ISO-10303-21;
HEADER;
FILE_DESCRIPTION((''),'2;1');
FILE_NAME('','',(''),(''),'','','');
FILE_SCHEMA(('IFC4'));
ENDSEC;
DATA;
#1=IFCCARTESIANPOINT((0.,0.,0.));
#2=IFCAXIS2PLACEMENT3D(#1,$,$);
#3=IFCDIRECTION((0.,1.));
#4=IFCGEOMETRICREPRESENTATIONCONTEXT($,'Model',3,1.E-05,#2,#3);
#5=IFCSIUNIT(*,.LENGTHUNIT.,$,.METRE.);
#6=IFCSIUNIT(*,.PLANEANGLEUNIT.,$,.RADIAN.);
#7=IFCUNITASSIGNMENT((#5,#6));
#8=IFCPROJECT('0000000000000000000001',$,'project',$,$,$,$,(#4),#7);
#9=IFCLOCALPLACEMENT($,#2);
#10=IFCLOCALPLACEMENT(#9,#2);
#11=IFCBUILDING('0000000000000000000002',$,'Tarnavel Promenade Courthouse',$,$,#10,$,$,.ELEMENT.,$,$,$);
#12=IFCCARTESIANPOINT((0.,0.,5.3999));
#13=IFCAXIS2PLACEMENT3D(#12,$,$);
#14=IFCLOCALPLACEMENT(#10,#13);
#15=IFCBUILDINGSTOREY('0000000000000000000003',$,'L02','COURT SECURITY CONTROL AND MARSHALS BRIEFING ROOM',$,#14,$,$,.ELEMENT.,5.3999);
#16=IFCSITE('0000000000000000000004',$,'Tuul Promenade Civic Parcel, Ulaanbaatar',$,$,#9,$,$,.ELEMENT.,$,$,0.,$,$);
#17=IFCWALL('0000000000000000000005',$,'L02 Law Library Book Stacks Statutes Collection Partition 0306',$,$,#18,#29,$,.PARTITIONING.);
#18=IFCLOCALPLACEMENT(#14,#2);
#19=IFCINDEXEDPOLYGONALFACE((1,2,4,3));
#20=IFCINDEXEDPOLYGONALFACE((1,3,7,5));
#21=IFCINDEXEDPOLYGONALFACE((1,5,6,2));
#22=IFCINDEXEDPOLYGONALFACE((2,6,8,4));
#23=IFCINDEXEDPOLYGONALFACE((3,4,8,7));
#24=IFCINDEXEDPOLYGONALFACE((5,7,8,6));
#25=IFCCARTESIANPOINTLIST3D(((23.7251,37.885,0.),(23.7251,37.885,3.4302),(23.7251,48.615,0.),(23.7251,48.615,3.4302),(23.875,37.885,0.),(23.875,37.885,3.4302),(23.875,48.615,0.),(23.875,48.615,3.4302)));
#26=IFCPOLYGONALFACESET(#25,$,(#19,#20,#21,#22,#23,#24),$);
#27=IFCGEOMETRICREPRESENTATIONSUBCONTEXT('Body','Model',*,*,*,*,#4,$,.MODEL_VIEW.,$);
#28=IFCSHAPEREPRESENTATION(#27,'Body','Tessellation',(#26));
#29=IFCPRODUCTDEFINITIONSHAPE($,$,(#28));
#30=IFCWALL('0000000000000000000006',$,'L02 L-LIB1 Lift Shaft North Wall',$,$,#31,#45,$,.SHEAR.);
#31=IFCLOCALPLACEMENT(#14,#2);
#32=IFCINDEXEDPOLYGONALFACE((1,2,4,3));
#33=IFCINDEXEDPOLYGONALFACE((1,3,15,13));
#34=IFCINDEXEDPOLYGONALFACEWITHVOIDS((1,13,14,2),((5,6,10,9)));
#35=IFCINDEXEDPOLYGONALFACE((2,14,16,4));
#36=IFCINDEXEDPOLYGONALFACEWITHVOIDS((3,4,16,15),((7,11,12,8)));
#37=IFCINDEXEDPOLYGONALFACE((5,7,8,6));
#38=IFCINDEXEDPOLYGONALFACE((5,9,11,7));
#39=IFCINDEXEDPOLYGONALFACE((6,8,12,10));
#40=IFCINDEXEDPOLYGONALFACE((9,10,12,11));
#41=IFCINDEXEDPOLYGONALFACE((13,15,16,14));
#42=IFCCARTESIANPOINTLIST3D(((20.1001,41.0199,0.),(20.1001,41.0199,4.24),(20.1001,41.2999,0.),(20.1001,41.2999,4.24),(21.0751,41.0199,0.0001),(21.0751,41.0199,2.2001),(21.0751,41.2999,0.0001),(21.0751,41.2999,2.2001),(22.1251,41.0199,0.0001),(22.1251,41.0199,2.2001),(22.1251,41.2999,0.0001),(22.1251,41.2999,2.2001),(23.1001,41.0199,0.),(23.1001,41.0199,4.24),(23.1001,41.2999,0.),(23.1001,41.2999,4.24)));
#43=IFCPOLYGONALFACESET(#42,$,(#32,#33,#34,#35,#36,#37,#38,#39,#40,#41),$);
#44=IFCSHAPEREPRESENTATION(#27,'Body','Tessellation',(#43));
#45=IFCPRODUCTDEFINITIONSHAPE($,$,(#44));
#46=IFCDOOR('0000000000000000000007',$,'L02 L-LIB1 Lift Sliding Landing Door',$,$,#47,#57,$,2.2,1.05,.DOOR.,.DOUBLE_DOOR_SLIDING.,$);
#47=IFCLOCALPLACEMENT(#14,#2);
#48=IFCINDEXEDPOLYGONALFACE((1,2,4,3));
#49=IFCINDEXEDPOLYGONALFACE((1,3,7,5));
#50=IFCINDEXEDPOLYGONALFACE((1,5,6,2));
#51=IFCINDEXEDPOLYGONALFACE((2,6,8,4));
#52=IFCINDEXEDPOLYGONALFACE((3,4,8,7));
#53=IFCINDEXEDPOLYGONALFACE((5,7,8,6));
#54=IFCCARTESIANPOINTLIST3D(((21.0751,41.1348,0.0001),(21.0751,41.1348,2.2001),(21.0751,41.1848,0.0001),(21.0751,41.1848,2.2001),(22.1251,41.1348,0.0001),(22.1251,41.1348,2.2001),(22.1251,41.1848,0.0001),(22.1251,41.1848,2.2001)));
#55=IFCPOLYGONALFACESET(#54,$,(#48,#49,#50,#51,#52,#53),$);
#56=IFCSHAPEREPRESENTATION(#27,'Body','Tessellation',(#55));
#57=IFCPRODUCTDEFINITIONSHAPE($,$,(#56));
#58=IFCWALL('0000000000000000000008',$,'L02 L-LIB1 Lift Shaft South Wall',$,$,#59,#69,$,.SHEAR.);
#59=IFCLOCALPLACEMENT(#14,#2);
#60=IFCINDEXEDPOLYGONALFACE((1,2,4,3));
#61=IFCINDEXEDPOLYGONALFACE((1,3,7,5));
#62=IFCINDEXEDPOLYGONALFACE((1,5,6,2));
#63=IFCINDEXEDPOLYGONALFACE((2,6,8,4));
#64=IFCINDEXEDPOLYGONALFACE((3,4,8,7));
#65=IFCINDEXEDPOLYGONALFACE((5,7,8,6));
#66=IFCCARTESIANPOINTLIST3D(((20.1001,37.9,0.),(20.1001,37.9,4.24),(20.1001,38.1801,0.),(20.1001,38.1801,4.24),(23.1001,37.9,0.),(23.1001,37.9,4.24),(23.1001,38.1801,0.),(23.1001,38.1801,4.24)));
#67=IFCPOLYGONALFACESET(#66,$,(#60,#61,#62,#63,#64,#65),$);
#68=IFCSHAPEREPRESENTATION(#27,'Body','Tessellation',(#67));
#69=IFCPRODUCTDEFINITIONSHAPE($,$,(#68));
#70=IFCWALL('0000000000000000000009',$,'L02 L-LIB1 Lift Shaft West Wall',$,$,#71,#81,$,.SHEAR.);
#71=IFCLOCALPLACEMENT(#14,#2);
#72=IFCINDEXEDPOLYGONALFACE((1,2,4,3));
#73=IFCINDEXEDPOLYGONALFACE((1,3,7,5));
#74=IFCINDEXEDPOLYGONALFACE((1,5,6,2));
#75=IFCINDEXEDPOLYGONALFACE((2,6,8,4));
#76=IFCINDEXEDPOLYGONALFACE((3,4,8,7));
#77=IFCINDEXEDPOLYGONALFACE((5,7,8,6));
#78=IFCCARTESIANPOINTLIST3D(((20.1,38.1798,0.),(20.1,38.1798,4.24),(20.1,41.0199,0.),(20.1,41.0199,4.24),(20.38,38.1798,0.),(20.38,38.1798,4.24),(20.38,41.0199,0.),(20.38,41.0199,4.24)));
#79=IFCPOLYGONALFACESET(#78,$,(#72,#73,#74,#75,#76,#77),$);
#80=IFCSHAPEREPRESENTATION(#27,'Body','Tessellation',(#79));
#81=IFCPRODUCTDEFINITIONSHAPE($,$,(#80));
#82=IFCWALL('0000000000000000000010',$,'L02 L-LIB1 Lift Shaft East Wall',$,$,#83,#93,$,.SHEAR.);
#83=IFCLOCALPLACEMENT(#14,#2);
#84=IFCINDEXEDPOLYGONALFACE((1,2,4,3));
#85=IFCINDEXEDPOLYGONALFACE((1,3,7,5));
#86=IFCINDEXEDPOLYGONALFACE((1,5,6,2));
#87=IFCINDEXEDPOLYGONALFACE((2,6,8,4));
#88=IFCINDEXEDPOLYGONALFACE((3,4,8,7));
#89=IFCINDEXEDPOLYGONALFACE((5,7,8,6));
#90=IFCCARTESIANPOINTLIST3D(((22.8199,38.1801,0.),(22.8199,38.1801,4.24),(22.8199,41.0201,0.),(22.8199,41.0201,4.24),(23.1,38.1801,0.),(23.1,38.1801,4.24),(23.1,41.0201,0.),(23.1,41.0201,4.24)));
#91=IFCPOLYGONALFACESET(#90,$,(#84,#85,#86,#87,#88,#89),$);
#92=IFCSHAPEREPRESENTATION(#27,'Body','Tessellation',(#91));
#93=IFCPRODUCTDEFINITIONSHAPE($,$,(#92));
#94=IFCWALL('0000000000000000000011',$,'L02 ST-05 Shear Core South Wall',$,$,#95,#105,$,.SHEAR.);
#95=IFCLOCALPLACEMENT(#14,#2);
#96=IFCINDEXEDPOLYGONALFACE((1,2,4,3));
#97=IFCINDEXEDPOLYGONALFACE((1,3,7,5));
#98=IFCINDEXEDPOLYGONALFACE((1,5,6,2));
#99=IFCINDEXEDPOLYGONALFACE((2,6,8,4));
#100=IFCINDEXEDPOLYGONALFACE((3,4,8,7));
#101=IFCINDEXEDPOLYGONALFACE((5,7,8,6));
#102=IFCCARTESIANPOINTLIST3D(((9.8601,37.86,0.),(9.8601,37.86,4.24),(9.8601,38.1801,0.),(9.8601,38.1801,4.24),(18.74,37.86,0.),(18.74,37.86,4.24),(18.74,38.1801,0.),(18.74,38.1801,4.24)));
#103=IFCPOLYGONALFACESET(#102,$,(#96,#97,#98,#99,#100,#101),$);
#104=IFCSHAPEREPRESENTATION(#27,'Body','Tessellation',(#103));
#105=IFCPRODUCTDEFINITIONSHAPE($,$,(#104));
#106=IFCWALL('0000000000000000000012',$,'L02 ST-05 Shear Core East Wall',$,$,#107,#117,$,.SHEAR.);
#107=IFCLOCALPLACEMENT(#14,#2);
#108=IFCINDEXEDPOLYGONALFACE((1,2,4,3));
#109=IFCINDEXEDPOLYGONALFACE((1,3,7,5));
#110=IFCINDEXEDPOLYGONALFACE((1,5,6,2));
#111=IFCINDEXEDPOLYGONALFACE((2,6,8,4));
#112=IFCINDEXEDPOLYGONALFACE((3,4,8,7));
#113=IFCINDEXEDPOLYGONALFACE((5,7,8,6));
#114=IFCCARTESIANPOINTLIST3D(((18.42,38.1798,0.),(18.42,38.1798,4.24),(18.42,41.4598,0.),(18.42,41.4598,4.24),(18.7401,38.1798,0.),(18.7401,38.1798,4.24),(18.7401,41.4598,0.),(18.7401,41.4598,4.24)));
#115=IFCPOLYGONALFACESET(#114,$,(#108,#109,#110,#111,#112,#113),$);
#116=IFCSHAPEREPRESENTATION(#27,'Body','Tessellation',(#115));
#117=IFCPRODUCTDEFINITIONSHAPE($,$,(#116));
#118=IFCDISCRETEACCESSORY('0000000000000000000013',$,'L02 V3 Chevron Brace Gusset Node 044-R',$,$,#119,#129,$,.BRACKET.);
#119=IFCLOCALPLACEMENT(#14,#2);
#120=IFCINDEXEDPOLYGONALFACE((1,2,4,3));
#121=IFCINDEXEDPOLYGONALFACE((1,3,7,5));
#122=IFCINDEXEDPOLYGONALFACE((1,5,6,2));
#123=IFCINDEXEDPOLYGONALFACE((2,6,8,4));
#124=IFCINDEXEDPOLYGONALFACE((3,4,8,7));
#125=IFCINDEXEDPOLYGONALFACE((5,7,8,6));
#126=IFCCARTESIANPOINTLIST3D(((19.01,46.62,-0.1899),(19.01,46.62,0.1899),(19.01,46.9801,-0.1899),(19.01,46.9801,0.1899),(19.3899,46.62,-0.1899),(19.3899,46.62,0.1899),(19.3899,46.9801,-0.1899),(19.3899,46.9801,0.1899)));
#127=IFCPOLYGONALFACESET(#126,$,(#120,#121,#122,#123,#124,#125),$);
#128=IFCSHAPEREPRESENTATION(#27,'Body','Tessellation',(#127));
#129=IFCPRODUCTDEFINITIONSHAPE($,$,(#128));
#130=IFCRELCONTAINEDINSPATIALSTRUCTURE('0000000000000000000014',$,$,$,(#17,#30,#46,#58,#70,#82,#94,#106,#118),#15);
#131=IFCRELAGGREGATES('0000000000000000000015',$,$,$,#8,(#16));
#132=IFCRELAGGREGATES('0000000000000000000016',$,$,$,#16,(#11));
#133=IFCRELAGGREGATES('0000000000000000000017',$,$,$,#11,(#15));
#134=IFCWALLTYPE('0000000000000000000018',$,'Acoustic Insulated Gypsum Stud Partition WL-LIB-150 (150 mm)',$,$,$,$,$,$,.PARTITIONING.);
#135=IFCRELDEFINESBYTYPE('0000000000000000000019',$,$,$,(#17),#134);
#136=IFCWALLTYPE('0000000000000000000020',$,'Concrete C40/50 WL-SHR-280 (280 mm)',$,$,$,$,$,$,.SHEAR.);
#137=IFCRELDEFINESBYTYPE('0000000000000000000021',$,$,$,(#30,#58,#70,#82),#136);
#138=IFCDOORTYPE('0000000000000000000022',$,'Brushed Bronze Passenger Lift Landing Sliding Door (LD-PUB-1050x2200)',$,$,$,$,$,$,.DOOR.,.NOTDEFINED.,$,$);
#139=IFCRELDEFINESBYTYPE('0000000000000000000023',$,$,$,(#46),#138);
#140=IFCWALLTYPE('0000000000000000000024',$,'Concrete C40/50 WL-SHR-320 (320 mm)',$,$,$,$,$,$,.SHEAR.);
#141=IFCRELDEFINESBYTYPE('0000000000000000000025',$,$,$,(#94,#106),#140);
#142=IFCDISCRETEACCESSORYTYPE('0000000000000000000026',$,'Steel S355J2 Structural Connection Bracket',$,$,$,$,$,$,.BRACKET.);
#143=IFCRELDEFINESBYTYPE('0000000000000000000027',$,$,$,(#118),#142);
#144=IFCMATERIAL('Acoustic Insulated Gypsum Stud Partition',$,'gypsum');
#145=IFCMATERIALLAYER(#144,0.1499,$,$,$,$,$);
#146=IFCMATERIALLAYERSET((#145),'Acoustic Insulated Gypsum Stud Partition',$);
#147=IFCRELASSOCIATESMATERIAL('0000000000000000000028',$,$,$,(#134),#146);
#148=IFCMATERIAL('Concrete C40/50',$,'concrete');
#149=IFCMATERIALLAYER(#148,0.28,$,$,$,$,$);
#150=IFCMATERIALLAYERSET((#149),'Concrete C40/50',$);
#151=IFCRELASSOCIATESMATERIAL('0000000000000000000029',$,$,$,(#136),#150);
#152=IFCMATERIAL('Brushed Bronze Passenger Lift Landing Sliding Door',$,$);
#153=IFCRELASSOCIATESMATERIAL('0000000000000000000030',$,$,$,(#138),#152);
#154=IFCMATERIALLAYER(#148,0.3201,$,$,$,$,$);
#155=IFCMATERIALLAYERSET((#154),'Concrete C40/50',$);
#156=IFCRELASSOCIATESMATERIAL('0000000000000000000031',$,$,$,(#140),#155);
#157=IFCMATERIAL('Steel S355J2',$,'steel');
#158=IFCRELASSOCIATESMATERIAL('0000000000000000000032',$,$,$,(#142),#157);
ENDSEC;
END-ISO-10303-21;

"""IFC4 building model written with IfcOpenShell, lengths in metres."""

from ifc_helpers import new_model, si_unit, direction, frame, frame_2d, origin, origin_2d, place, context, subcontext, project, spatial, rectangle, extrude, material, layer, layer_set, type_object, element, fill, save


model = new_model("IFC4")

# Units and contexts
model_context = context("Model", 3, precision=1e-05, world=origin(), true_north=direction((0.0, 1.0)))
body_context = subcontext(model_context, "Body", "Model", "MODEL_VIEW")
ifc_project = project(units=[si_unit("LENGTHUNIT", "METRE"), si_unit("PLANEANGLEUNIT", "RADIAN")], contexts=[model_context])

# Site, building, storey
site_placement = place(None, origin())
site = spatial("IfcSite", under=ifc_project, at=site_placement, Name="Tuul Promenade Civic Parcel, Ulaanbaatar", CompositionType="ELEMENT", RefElevation=0.0)
building_placement = place(site_placement, origin())
building = spatial("IfcBuilding", under=site, at=building_placement, Name="Tarnavel Promenade Courthouse", CompositionType="ELEMENT")
storey_placement = place(building_placement, frame((0.0, 0.0, 5.3999)))
storey = spatial("IfcBuildingStorey", under=building, at=storey_placement, Name="L02", Description="COURT SECURITY CONTROL AND MARSHALS BRIEFING ROOM", CompositionType="ELEMENT", Elevation=5.3999)

# Shared definitions
ifc_material_1 = material(Name="Concrete C40/50", Category="concrete")

# Shared definitions
ifc_material_2 = material(Name="Steel S355J2", Category="steel")

# Wall
ifc_material_3 = material(Name="Acoustic Insulated Gypsum Stud Partition", Category="gypsum")
ifc_layer_1 = layer(ifc_material_3, 0.1499)
ifc_layer_set_1 = layer_set([ifc_layer_1], Name="Acoustic Insulated Gypsum Stud Partition")
wall_type_1 = type_object("IfcWallType", Name="Acoustic Insulated Gypsum Stud Partition WL-LIB-150 (150 mm)", PredefinedType="PARTITIONING", material=ifc_layer_set_1)
wall_1_placement = place(storey_placement, frame((23.8, 37.885, 0.0), z_axis=(0.0, 0.0, 1.0), x_axis=(0.0, 1.0, 0.0)))
element("IfcWall", 1, at=wall_1_placement, inside=storey, type_object=wall_type_1, Name="L02 Law Library Book Stacks Statutes Collection Partition 0306", PredefinedType="PARTITIONING", context=body_context, shape_type="SweptSolid", body=[
    extrude(rectangle(XDim=10.73, YDim=0.1499, at=frame_2d((5.365, 0.0))), origin(), (0.0, 0.0, 1.0), 3.4302),
])

# Wall, opening, door
ifc_layer_2 = layer(ifc_material_1, 0.28)
ifc_layer_set_2 = layer_set([ifc_layer_2], Name="Concrete C40/50")
wall_type_2 = type_object("IfcWallType", Name="Concrete C40/50 WL-SHR-280 (280 mm)", PredefinedType="SHEAR", material=ifc_layer_set_2)
wall_2_placement = place(storey_placement, frame((20.1001, 41.1599, 0.0), z_axis=(0.0, 0.0, 1.0), x_axis=(1.0, 0.0, 0.0)))
wall_2 = element("IfcWall", 2, at=wall_2_placement, inside=storey, type_object=wall_type_2, Name="L02 L-LIB1 Lift Shaft North Wall", PredefinedType="SHEAR", context=body_context, shape_type="SweptSolid", body=[
    extrude(rectangle(XDim=3.0, YDim=0.28, at=frame_2d((1.5, 0.0))), origin(), (0.0, 0.0, 1.0), 4.24),
])
opening_placement = place(wall_2_placement, frame((0.9751, 0.0, 0.0)))
opening = element("IfcOpeningElement", 3, at=opening_placement, cuts=wall_2, PredefinedType="OPENING", context=body_context, shape_type="SweptSolid", body=[
    extrude(rectangle(XDim=1.05, YDim=2.2, at=frame_2d((0.5249, 1.1001))), frame((0.0, 0.1499, 0.0), z_axis=(0.0, -1.0, 0.0), x_axis=(1.0, 0.0, 0.0)), (0.0, 0.0, 1.0), 0.3),
])
ifc_material_4 = material(Name="Brushed Bronze Passenger Lift Landing Sliding Door")
door_type = type_object("IfcDoorType", Name="Brushed Bronze Passenger Lift Landing Sliding Door (LD-PUB-1050x2200)", OperationType="NOTDEFINED", PredefinedType="DOOR", material=ifc_material_4)
door_placement = place(opening_placement, origin())
door = element("IfcDoor", 4, at=door_placement, inside=storey, type_object=door_type, Name="L02 L-LIB1 Lift Sliding Landing Door", OperationType="DOUBLE_DOOR_SLIDING", OverallHeight=2.2, OverallWidth=1.05, PredefinedType="DOOR", context=body_context, shape_type="SweptSolid", body=[
    extrude(rectangle(XDim=1.05, YDim=2.2, at=frame_2d((0.5249, 1.1001))), frame((0.0, 0.0249, 0.0), z_axis=(0.0, -1.0, 0.0), x_axis=(1.0, 0.0, 0.0)), (0.0, 0.0, 1.0), 0.05),
])
fill(opening, door)

# Walls
wall_3_placement = place(storey_placement, frame((23.1001, 38.04, 0.0), z_axis=(0.0, 0.0, 1.0), x_axis=(-1.0, 0.0, 0.0)))
element("IfcWall", 5, at=wall_3_placement, inside=storey, type_object=wall_type_2, Name="L02 L-LIB1 Lift Shaft South Wall", PredefinedType="SHEAR", context=body_context, shape_type="SweptSolid", body=[
    extrude(rectangle(XDim=3.0, YDim=0.28, at=frame_2d((1.5, 0.0))), origin(), (0.0, 0.0, 1.0), 4.24),
])
for number, where, z_axis, x_axis, name in (
    (6, (20.24, 38.1799, 0.0), (0.0, 0.0, 1.0), (0.0, 1.0, 0.0), "L02 L-LIB1 Lift Shaft West Wall"),
    (7, (22.96, 41.02, 0.0), (0.0, 0.0, 1.0), (0.0, -1.0, 0.0), "L02 L-LIB1 Lift Shaft East Wall"),
):
    element("IfcWall", number, at=place(storey_placement, frame(where, z_axis=z_axis, x_axis=x_axis)), inside=storey, type_object=wall_type_2, Name=name, PredefinedType="SHEAR", context=body_context, shape_type="SweptSolid", body=[
        extrude(rectangle(XDim=2.8401, YDim=0.28, at=frame_2d((1.4199, 0.0))), origin(), (0.0, 0.0, 1.0), 4.24),
    ])
ifc_layer_3 = layer(ifc_material_1, 0.3201)
ifc_layer_set_3 = layer_set([ifc_layer_3], Name="Concrete C40/50")
wall_type_3 = type_object("IfcWallType", Name="Concrete C40/50 WL-SHR-320 (320 mm)", PredefinedType="SHEAR", material=ifc_layer_set_3)
wall_4_placement = place(storey_placement, frame((18.74, 38.02, 0.0), z_axis=(0.0, 0.0, 1.0), x_axis=(-1.0, 0.0, 0.0)))
element("IfcWall", 8, at=wall_4_placement, inside=storey, type_object=wall_type_3, Name="L02 ST-05 Shear Core South Wall", PredefinedType="SHEAR", context=body_context, shape_type="SweptSolid", body=[
    extrude(rectangle(XDim=8.8799, YDim=0.3201, at=frame_2d((4.4399, 0.0))), origin(), (0.0, 0.0, 1.0), 4.24),
])
wall_5_placement = place(storey_placement, frame((18.5801, 41.46, 0.0), z_axis=(0.0, 0.0, 1.0), x_axis=(0.0, -1.0, 0.0)))
element("IfcWall", 9, at=wall_5_placement, inside=storey, type_object=wall_type_3, Name="L02 ST-05 Shear Core East Wall", PredefinedType="SHEAR", context=body_context, shape_type="SweptSolid", body=[
    extrude(rectangle(XDim=3.28, YDim=0.3201, at=frame_2d((1.6401, 0.0))), origin(), (0.0, 0.0, 1.0), 4.24),
])

# Discrete accessory
discrete_accessory_type = type_object("IfcDiscreteAccessoryType", Name="Steel S355J2 Structural Connection Bracket", PredefinedType="BRACKET", material=ifc_material_2)
discrete_accessory_placement = place(storey_placement, frame((19.2, 46.8, -0.1899), z_axis=(0.0, 0.0, 1.0), x_axis=(1.0, 0.0, 0.0)))
element("IfcDiscreteAccessory", 10, at=discrete_accessory_placement, inside=storey, type_object=discrete_accessory_type, Name="L02 V3 Chevron Brace Gusset Node 044-R", PredefinedType="BRACKET", context=body_context, shape_type="SweptSolid", body=[
    extrude(rectangle(XDim=0.3799, YDim=0.3601, at=origin_2d()), origin(), (0.0, 0.0, 1.0), 0.3799),
])

save(model, "model.ifc")
